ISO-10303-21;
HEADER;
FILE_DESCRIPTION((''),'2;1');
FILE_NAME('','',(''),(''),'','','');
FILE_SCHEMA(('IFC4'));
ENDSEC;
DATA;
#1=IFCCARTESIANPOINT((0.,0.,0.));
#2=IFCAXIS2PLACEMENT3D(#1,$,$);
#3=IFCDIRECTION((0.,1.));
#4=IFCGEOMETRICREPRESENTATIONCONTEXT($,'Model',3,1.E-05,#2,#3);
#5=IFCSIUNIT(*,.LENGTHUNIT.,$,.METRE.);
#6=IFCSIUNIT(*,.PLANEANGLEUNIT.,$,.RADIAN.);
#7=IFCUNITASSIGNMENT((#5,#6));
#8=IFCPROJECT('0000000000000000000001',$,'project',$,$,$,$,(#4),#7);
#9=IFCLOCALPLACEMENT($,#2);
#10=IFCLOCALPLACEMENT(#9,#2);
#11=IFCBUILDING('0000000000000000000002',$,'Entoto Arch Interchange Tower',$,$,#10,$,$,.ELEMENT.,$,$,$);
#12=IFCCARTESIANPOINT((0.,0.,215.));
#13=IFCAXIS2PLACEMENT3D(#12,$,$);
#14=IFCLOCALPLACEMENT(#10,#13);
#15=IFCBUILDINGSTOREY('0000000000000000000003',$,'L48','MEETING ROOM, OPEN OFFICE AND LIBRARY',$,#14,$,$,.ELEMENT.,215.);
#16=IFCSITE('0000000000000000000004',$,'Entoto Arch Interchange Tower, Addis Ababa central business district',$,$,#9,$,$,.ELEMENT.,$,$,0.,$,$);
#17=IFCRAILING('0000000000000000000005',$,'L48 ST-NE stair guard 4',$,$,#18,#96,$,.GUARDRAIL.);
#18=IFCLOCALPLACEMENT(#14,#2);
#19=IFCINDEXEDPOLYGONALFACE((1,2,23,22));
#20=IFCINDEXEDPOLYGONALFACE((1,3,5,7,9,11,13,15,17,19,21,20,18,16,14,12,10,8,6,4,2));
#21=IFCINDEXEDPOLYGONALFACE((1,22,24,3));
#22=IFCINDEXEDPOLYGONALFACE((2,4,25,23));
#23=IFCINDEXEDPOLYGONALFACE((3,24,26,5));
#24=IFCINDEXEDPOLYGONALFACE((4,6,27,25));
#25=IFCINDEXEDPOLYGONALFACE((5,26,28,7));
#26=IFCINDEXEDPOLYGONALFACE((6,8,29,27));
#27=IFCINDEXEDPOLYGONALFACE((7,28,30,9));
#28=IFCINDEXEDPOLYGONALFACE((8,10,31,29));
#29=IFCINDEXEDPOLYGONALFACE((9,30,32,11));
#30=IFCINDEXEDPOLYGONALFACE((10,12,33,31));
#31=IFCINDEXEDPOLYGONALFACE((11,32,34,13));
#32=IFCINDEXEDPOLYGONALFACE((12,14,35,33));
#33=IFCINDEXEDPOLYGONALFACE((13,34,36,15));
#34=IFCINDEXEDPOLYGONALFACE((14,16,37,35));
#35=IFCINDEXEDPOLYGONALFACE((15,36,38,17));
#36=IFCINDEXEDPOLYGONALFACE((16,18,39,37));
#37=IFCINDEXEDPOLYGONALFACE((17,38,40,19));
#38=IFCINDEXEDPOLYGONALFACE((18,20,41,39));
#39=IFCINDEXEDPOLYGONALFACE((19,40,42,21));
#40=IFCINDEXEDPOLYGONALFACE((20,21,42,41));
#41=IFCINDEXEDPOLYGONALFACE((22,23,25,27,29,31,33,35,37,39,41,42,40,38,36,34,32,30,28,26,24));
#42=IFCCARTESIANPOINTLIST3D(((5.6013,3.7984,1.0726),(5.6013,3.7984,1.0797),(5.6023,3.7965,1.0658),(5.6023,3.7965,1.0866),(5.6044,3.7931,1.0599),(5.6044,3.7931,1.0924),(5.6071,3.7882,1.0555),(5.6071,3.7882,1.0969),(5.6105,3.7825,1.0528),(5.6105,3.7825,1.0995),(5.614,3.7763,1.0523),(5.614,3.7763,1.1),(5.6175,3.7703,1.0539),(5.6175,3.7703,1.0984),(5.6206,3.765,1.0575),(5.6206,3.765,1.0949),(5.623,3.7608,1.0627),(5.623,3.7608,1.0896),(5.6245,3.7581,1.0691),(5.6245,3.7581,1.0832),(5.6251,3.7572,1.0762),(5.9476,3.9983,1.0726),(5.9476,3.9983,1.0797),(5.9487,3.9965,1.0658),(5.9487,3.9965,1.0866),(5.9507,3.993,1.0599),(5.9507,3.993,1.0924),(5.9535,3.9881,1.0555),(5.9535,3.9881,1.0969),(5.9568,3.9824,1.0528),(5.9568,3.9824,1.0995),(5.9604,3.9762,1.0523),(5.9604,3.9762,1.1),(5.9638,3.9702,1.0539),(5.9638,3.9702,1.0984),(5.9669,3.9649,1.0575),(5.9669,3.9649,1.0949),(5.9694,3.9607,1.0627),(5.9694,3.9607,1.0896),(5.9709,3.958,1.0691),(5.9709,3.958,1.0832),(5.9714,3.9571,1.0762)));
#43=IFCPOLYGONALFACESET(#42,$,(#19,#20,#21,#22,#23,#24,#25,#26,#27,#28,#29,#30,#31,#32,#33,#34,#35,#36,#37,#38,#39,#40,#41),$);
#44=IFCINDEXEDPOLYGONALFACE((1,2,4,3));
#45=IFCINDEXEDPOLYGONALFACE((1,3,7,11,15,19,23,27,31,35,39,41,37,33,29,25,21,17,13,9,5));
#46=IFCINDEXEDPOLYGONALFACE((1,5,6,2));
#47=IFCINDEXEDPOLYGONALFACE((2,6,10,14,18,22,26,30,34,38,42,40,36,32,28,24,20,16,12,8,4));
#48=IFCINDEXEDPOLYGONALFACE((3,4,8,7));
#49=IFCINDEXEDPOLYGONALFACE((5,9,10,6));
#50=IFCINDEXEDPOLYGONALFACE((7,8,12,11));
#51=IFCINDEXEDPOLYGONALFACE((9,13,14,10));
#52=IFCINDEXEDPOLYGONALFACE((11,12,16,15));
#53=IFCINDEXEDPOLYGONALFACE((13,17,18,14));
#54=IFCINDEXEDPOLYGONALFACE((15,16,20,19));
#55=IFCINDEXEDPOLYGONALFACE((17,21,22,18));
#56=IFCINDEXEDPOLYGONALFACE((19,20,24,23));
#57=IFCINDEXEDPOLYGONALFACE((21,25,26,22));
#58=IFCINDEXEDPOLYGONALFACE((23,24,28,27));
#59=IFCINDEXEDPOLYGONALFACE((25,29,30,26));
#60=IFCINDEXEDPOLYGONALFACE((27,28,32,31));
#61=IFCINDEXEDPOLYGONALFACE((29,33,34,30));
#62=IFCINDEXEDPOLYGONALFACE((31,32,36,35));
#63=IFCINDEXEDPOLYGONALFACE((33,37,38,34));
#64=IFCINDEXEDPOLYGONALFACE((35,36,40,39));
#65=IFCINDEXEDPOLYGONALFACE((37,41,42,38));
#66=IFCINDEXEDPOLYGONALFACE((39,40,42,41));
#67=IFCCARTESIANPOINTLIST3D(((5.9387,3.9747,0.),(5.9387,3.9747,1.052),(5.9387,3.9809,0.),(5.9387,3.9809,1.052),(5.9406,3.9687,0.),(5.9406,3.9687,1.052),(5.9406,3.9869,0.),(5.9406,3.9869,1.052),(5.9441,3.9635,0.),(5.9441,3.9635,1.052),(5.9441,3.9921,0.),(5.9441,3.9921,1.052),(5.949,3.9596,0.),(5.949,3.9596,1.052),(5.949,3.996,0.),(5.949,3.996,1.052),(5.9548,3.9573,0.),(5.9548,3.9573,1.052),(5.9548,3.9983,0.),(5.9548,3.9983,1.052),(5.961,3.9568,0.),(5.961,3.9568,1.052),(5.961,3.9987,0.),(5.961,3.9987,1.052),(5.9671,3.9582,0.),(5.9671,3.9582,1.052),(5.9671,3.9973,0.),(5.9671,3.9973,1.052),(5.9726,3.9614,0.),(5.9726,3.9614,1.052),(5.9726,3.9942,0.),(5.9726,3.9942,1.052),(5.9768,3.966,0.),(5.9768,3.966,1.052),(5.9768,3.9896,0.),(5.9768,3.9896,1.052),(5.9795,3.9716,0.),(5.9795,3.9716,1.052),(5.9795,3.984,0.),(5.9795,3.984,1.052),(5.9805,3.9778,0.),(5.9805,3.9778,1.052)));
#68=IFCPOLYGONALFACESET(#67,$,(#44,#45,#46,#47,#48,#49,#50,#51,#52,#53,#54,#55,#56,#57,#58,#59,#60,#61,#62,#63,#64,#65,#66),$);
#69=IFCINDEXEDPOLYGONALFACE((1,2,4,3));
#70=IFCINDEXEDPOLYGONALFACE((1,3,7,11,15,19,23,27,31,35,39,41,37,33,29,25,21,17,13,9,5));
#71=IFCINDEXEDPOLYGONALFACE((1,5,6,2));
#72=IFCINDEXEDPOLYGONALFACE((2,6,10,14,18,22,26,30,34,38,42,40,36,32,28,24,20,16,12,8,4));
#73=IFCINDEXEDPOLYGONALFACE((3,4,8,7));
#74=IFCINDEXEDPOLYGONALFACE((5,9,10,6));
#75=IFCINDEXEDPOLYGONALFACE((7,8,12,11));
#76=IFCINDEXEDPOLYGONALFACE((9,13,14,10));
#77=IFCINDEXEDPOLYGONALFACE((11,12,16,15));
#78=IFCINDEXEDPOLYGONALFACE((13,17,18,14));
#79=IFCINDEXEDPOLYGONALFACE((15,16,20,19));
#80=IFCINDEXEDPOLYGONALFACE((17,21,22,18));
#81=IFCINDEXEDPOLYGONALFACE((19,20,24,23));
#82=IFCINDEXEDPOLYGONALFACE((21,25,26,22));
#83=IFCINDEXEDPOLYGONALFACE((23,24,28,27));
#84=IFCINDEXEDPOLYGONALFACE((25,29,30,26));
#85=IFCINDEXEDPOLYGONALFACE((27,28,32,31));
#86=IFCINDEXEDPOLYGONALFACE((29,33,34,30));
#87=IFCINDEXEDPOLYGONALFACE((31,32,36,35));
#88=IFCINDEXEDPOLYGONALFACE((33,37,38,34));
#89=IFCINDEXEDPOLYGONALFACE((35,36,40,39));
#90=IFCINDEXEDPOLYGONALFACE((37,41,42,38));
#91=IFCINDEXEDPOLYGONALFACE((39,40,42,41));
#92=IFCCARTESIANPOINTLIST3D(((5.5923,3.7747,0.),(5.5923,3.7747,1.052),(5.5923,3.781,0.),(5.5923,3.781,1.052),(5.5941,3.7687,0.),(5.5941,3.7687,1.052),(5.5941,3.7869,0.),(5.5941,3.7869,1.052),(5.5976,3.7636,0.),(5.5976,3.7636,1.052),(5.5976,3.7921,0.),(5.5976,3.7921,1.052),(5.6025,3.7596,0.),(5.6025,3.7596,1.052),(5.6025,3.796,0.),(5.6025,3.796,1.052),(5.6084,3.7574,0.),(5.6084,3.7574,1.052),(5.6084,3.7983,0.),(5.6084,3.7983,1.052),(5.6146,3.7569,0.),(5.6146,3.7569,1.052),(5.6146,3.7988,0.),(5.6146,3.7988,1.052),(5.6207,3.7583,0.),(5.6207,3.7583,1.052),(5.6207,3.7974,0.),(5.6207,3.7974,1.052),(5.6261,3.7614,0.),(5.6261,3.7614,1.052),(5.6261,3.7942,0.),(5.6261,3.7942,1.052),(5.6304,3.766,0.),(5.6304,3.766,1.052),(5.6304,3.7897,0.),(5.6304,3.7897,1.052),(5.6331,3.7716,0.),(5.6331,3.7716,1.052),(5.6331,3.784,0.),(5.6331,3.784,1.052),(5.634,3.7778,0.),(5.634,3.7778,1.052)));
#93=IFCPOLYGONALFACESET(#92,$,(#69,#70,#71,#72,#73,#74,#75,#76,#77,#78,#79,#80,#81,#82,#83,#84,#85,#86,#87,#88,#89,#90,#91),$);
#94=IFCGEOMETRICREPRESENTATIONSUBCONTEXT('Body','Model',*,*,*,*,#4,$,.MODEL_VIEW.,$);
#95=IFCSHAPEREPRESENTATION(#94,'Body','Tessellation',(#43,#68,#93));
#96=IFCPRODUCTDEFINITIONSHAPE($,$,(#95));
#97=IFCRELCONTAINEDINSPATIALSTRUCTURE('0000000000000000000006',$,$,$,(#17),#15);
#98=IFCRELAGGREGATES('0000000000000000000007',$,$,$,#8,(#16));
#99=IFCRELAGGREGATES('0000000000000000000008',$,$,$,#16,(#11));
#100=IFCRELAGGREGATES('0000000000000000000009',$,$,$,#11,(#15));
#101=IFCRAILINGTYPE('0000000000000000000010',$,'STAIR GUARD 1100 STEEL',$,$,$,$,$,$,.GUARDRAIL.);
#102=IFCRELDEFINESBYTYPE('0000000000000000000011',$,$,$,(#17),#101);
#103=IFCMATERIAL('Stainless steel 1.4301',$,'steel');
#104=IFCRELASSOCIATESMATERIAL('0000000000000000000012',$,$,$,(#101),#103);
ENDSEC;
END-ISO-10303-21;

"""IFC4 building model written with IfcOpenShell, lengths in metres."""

from ifc_helpers import new_model, si_unit, direction, frame, origin, origin_2d, place, context, subcontext, project, spatial, circle, extrude, material, type_object, element, save


model = new_model("IFC4")

# Units and contexts
model_context = context("Model", 3, precision=1e-05, world=origin(), true_north=direction((0.0, 1.0)))
body_context = subcontext(model_context, "Body", "Model", "MODEL_VIEW")
ifc_project = project(units=[si_unit("LENGTHUNIT", "METRE"), si_unit("PLANEANGLEUNIT", "RADIAN")], contexts=[model_context])

# Site, building, storey
site_placement = place(None, origin())
site = spatial("IfcSite", under=ifc_project, at=site_placement, Name="Entoto Arch Interchange Tower, Addis Ababa central business district", CompositionType="ELEMENT", RefElevation=0.0)
building_placement = place(site_placement, origin())
building = spatial("IfcBuilding", under=site, at=building_placement, Name="Entoto Arch Interchange Tower", CompositionType="ELEMENT")
storey_placement = place(building_placement, frame((0.0, 0.0, 215.0)))
storey = spatial("IfcBuildingStorey", under=building, at=storey_placement, Name="L48", Description="MEETING ROOM, OPEN OFFICE AND LIBRARY", CompositionType="ELEMENT", Elevation=215.0)

# Railing
ifc_material_1 = material(Name="Stainless steel 1.4301", Category="steel")
railing_type_1 = type_object("IfcRailingType", Name="STAIR GUARD 1100 STEEL", PredefinedType="GUARDRAIL", material=ifc_material_1)
railing_1_placement = place(storey_placement, frame((5.9595, 3.9778, 0.0)))
element("IfcRailing", 1, at=railing_1_placement, inside=storey, type_object=railing_type_1, Name="L48 ST-NE stair guard 4", PredefinedType="GUARDRAIL", context=body_context, shape_type="SweptSolid", body=[
    extrude(circle(Radius=0.0239, at=origin_2d()), frame((0.0, 0.0, 1.0762), z_axis=(-0.866094, -0.499881, 0.0), x_axis=(0.499881, -0.866094, 0.0)), (0.0, 0.0, 1.0), 0.3999),
    extrude(circle(Radius=0.021, at=origin_2d()), origin(), (0.0, 0.0, 1.0), 1.052),
    extrude(circle(Radius=0.021, at=origin_2d()), frame((-0.3464, -0.2, 0.0)), (0.0, 0.0, 1.0), 1.052),
])

save(model, "model.ifc")
